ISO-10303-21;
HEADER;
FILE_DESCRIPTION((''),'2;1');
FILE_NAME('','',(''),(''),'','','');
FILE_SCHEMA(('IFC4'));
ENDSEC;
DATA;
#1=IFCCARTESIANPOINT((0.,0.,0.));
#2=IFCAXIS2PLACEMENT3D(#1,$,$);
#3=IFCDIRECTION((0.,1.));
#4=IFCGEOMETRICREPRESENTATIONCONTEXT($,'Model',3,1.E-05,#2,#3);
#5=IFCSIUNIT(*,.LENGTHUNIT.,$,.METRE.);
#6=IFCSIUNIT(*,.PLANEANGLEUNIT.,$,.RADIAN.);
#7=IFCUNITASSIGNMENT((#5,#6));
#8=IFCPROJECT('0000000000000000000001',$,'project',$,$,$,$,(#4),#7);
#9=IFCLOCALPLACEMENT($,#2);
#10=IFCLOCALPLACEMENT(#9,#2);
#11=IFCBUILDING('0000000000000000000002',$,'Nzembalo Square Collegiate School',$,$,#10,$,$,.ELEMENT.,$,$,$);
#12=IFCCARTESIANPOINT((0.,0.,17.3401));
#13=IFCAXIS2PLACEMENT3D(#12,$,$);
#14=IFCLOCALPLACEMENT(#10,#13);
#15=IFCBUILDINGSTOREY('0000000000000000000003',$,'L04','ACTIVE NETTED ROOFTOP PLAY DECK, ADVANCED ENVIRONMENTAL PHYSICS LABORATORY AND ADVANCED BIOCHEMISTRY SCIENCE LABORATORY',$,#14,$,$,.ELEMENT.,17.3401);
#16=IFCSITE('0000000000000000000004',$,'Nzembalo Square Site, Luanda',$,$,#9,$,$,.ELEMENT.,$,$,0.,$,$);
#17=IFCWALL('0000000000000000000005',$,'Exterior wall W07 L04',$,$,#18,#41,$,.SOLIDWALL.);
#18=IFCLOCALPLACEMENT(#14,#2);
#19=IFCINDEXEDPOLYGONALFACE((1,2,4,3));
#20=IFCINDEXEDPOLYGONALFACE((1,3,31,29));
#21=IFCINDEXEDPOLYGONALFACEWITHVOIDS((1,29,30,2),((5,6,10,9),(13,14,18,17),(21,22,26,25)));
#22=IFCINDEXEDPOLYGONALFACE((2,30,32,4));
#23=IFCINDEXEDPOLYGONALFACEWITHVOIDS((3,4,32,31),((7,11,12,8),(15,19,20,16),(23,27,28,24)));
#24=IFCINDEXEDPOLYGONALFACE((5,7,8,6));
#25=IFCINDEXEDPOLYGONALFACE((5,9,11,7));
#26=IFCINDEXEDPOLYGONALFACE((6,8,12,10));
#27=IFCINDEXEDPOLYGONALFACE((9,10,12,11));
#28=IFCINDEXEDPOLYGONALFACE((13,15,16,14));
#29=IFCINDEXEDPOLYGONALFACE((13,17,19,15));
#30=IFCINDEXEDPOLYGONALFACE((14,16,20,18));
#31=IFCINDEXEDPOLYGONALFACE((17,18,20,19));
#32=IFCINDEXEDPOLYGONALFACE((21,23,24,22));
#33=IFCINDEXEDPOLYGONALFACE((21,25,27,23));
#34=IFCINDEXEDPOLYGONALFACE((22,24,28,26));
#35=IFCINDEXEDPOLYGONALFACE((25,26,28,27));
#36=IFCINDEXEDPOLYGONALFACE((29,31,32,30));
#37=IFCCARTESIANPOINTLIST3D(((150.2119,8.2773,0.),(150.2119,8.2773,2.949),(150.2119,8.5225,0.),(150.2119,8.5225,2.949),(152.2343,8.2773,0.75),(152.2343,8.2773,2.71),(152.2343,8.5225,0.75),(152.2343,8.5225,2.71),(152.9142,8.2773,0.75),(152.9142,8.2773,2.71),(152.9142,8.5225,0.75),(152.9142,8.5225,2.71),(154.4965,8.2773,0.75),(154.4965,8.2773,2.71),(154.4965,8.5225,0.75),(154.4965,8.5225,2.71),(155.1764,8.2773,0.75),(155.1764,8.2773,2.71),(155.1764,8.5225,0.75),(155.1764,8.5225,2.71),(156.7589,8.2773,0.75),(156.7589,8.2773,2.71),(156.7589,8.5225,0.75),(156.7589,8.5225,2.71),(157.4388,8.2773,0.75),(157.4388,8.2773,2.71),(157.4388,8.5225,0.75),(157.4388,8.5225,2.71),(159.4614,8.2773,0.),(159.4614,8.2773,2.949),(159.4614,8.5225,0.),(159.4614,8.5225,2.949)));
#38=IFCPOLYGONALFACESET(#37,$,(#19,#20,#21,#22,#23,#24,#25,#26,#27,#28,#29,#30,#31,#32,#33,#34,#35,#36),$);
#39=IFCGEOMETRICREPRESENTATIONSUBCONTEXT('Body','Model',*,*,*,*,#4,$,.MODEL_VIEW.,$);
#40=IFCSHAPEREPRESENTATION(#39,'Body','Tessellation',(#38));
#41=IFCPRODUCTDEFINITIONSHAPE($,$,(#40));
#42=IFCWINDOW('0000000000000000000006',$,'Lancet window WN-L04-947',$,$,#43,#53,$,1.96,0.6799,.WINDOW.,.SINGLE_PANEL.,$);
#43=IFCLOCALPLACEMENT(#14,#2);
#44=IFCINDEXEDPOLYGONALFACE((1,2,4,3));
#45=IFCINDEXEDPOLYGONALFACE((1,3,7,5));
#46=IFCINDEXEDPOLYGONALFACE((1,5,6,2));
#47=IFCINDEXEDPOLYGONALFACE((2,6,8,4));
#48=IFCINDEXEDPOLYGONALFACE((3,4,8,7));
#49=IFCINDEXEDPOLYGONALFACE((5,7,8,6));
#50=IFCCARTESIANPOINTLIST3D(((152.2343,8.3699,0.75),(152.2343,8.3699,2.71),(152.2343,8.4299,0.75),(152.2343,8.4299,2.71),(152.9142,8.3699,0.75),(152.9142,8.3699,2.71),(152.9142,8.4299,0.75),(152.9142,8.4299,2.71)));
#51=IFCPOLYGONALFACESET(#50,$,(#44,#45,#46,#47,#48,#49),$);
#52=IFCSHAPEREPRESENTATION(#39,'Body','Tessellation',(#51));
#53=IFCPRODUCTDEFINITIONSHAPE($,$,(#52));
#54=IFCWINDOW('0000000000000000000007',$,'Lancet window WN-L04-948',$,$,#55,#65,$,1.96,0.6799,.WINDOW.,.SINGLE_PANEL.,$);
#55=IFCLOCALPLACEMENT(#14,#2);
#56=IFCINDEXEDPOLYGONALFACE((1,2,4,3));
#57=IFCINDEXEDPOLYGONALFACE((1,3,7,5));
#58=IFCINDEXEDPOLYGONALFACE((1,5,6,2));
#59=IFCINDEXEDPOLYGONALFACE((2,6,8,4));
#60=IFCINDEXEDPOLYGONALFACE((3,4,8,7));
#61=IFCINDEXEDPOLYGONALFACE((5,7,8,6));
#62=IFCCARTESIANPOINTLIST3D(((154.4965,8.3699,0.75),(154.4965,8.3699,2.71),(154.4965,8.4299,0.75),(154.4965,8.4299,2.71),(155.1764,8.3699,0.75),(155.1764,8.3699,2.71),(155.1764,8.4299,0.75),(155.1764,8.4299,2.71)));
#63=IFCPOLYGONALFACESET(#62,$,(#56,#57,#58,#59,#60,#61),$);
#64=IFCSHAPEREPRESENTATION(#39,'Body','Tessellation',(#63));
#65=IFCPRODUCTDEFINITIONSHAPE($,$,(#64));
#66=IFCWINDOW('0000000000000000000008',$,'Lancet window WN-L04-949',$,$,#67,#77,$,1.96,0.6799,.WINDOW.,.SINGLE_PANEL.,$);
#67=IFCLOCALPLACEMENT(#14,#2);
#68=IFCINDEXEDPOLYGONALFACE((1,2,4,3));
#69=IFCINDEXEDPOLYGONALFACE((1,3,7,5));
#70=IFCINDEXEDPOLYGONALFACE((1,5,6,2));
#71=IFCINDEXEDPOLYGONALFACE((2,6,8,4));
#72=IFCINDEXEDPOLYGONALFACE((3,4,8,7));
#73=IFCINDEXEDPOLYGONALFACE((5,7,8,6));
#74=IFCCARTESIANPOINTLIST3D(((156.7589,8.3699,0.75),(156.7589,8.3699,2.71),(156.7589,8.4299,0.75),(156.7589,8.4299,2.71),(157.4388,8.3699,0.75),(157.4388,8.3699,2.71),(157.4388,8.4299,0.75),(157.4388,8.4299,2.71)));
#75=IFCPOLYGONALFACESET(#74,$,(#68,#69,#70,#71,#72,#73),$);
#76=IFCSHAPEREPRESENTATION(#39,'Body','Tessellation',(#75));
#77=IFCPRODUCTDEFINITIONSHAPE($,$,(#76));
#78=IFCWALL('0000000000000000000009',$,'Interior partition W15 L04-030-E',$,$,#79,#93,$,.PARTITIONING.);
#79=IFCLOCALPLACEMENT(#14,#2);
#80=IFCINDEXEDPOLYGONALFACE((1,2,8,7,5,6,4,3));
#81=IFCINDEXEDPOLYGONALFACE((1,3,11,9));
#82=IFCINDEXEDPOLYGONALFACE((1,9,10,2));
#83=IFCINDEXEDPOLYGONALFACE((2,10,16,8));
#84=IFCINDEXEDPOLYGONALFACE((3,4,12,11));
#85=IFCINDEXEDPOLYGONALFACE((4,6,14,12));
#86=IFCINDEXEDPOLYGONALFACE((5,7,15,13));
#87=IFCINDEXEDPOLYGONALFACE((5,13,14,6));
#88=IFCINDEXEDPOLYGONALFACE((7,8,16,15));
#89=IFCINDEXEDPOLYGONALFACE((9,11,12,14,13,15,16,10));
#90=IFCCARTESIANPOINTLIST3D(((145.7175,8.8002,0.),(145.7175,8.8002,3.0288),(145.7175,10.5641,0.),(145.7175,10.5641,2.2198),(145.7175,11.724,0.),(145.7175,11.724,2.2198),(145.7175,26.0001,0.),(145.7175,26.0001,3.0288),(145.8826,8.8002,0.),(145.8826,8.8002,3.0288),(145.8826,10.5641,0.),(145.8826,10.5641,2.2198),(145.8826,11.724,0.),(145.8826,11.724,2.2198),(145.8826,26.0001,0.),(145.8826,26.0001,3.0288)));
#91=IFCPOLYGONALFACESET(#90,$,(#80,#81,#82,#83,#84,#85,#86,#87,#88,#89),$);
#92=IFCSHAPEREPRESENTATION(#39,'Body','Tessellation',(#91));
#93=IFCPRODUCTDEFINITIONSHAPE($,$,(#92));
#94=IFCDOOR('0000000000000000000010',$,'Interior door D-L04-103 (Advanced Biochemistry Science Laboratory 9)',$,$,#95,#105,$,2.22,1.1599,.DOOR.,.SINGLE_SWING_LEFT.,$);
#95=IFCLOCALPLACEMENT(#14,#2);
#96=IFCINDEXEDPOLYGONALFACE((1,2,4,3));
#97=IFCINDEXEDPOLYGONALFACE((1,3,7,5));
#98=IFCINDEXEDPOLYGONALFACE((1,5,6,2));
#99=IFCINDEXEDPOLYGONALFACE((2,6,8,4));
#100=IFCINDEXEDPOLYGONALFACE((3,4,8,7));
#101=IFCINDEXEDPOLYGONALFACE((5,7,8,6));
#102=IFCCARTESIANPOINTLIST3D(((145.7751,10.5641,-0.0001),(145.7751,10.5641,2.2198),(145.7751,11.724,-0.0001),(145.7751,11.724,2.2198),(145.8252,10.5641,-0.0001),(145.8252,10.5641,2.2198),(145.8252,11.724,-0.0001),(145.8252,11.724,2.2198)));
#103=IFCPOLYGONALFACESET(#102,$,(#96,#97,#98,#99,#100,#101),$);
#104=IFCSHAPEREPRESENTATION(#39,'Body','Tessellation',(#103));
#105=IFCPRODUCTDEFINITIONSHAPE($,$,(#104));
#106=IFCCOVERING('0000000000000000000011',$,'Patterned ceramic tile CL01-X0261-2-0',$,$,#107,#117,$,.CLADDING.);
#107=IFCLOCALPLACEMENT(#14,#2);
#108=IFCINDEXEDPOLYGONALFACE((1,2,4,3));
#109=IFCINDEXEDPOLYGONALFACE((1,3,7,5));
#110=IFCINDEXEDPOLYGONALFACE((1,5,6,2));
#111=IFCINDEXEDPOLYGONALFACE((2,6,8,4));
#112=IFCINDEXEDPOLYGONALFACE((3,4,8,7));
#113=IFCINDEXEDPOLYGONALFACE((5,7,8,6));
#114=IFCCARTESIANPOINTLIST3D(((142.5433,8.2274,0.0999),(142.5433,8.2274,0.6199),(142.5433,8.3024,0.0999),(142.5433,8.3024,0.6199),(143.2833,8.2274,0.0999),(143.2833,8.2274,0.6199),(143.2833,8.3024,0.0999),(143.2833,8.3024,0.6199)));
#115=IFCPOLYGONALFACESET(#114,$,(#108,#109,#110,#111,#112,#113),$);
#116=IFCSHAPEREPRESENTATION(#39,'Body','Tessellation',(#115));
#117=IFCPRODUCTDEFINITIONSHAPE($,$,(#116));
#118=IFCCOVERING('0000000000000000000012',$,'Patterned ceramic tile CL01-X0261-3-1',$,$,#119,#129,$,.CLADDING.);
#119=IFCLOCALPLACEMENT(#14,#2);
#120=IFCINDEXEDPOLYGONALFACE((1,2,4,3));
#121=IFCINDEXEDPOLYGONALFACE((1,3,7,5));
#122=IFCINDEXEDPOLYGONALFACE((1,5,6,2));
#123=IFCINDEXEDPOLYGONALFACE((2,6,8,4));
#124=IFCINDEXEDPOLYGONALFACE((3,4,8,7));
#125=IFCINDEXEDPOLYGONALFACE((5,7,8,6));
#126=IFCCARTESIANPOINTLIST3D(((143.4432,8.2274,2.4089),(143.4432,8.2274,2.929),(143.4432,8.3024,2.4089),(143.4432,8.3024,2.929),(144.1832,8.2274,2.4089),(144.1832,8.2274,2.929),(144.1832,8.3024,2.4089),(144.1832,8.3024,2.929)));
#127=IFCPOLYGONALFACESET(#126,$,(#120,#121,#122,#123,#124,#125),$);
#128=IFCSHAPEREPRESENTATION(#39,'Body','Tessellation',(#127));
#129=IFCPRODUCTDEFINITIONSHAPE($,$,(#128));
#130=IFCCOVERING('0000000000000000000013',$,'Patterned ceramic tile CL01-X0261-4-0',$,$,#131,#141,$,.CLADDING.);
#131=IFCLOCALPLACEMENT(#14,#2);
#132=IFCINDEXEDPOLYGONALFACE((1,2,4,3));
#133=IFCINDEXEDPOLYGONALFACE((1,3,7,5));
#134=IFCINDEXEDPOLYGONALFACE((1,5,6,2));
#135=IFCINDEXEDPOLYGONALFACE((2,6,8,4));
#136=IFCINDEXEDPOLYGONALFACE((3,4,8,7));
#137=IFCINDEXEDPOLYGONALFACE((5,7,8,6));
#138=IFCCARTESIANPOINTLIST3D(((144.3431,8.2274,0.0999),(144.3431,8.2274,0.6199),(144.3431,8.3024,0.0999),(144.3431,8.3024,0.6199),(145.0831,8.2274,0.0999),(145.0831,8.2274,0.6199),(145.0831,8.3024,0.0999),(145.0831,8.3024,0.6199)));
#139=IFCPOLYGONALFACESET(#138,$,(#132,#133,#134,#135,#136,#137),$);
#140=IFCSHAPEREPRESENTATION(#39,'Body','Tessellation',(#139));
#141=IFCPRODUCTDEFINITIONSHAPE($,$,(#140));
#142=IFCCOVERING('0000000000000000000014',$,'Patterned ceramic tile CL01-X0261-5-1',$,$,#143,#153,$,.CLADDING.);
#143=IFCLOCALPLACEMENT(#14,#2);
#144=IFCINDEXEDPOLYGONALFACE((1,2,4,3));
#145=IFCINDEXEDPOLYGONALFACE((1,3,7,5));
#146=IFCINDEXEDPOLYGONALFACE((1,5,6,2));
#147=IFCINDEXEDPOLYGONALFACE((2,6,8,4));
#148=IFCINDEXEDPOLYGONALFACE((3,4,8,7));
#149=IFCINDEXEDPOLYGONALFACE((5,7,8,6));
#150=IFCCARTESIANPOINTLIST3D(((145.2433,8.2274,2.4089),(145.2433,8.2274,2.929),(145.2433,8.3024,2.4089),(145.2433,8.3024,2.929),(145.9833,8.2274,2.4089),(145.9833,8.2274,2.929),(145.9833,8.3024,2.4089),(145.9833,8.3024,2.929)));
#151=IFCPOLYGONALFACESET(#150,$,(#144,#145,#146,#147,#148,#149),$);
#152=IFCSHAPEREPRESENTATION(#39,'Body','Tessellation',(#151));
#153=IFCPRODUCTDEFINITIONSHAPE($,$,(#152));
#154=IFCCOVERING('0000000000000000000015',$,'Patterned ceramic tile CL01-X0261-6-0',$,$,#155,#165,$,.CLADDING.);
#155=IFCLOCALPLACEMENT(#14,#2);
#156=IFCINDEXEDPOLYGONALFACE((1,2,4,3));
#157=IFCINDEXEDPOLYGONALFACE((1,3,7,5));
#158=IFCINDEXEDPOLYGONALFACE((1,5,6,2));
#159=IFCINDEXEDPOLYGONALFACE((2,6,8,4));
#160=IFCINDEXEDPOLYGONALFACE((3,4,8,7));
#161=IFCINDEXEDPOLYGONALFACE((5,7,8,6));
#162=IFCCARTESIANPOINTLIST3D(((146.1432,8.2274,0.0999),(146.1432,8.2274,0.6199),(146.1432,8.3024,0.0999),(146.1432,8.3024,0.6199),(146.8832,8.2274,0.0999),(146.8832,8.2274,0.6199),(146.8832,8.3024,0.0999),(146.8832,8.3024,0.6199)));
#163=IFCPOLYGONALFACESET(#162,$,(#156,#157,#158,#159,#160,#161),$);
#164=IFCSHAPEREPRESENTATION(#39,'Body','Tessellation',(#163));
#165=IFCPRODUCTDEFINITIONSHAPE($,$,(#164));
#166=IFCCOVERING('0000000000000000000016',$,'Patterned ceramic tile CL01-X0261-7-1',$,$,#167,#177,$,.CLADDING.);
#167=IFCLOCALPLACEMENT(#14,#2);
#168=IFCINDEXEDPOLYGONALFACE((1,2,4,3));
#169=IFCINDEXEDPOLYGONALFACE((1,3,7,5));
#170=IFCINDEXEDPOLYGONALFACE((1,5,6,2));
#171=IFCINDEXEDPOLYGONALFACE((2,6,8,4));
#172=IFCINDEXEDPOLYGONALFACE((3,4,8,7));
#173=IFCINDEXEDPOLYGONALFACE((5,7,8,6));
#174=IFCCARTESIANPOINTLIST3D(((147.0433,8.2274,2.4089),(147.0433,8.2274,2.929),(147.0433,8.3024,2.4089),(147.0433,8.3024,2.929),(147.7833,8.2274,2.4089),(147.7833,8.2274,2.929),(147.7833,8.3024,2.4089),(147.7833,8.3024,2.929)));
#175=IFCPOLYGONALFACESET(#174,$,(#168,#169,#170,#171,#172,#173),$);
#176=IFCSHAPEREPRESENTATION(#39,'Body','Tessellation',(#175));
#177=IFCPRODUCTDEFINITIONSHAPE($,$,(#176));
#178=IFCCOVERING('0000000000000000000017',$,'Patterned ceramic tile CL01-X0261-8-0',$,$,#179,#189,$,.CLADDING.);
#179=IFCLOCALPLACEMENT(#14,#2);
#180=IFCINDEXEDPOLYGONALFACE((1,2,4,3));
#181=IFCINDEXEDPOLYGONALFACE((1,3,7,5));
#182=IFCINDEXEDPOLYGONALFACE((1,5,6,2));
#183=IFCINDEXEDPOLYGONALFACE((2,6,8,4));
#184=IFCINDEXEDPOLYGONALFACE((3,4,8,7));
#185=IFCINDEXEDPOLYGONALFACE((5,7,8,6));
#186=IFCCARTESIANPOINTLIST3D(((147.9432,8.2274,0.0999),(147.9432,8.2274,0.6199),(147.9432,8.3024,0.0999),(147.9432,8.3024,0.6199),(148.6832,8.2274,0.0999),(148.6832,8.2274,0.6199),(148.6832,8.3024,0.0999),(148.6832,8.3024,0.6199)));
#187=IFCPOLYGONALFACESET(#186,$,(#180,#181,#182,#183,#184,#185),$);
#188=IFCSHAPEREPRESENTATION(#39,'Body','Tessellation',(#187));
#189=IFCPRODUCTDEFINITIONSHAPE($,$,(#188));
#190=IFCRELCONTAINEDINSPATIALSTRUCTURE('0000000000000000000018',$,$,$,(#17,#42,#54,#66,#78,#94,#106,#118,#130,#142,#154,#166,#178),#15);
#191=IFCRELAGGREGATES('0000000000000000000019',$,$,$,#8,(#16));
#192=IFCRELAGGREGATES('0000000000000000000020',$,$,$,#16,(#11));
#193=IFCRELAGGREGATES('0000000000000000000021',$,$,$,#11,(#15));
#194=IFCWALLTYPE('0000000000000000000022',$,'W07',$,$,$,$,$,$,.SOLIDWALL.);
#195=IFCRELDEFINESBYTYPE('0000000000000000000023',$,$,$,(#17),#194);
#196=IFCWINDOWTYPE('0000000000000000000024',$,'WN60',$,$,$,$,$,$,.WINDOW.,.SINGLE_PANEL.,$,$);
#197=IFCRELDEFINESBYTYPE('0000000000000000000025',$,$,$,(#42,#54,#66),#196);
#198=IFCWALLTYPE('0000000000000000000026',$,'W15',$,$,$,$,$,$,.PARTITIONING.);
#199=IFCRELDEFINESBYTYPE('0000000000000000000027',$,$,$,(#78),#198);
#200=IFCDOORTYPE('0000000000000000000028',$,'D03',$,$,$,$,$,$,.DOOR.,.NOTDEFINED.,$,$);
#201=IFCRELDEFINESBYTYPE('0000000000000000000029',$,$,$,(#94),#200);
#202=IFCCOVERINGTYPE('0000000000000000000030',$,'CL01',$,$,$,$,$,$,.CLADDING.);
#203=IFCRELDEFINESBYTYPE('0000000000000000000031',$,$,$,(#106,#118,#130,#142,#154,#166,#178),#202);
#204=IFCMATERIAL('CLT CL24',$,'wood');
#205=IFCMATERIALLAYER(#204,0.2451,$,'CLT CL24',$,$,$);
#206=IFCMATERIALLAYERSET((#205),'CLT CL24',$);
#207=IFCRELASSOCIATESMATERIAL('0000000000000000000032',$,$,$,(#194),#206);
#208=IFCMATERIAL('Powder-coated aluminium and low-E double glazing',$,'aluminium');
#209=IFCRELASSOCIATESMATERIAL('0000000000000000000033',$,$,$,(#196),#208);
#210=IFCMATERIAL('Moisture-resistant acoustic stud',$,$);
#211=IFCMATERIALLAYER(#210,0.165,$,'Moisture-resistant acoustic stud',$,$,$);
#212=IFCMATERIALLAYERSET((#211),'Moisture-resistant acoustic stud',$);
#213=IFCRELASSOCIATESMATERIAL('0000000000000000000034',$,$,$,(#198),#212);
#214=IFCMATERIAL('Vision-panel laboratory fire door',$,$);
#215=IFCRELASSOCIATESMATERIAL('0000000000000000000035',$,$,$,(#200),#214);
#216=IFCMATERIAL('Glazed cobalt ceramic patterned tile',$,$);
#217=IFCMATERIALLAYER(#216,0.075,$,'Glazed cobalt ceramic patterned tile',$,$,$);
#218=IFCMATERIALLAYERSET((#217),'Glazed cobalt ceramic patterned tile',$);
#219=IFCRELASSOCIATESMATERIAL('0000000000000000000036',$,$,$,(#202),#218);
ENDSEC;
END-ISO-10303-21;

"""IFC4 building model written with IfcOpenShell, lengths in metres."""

from ifc_helpers import new_model, si_unit, direction, frame, frame_2d, origin, origin_2d, place, context, subcontext, project, spatial, rectangle, extrude, material, layer, layer_set, type_object, element, fill, save


model = new_model("IFC4")

# Units and contexts
model_context = context("Model", 3, precision=1e-05, world=origin(), true_north=direction((0.0, 1.0)))
body_context = subcontext(model_context, "Body", "Model", "MODEL_VIEW")
ifc_project = project(units=[si_unit("LENGTHUNIT", "METRE"), si_unit("PLANEANGLEUNIT", "RADIAN")], contexts=[model_context])

# Site, building, storey
site_placement = place(None, origin())
site = spatial("IfcSite", under=ifc_project, at=site_placement, Name="Nzembalo Square Site, Luanda", CompositionType="ELEMENT", RefElevation=0.0)
building_placement = place(site_placement, origin())
building = spatial("IfcBuilding", under=site, at=building_placement, Name="Nzembalo Square Collegiate School", CompositionType="ELEMENT")
storey_placement = place(building_placement, frame((0.0, 0.0, 17.3401)))
storey = spatial("IfcBuildingStorey", under=building, at=storey_placement, Name="L04", Description="ACTIVE NETTED ROOFTOP PLAY DECK, ADVANCED ENVIRONMENTAL PHYSICS LABORATORY AND ADVANCED BIOCHEMISTRY SCIENCE LABORATORY", CompositionType="ELEMENT", Elevation=17.3401)

# Wall, openings, windows
ifc_material_1 = material(Name="CLT CL24", Category="wood")
ifc_layer_1 = layer(ifc_material_1, 0.2451, Name="CLT CL24")
ifc_layer_set_1 = layer_set([ifc_layer_1], Name="CLT CL24")
wall_type_1 = type_object("IfcWallType", Name="W07", PredefinedType="SOLIDWALL", material=ifc_layer_set_1)
wall_1_placement = place(storey_placement, frame((150.2119, 8.3999, 0.0), z_axis=(0.0, 0.0, 1.0), x_axis=(1.0, 0.0, 0.0)))
wall_1 = element("IfcWall", 1, at=wall_1_placement, inside=storey, type_object=wall_type_1, Name="Exterior wall W07 L04", PredefinedType="SOLIDWALL", context=body_context, shape_type="SweptSolid", body=[
    extrude(rectangle(XDim=9.2495, YDim=0.2451, at=frame_2d((4.6248, 0.0))), origin(), (0.0, 0.0, 1.0), 2.949),
])
opening_1_placement = place(wall_1_placement, frame((2.0225, 0.0, 0.75)))
opening_1 = element("IfcOpeningElement", 2, at=opening_1_placement, cuts=wall_1, PredefinedType="OPENING", context=body_context, shape_type="SweptSolid", body=[
    extrude(rectangle(XDim=0.6799, YDim=1.96, at=frame_2d((0.3398, 0.98))), frame((0.0, 0.1326, 0.0), z_axis=(0.0, -1.0, 0.0), x_axis=(1.0, 0.0, 0.0)), (0.0, 0.0, 1.0), 0.2651),
])
opening_2_placement = place(wall_1_placement, frame((4.2847, 0.0, 0.75)))
opening_2 = element("IfcOpeningElement", 3, at=opening_2_placement, cuts=wall_1, PredefinedType="OPENING", context=body_context, shape_type="SweptSolid", body=[
    extrude(rectangle(XDim=0.6799, YDim=1.96, at=frame_2d((0.3398, 0.98))), frame((0.0, 0.1326, 0.0), z_axis=(0.0, -1.0, 0.0), x_axis=(1.0, 0.0, 0.0)), (0.0, 0.0, 1.0), 0.2651),
])
opening_3_placement = place(wall_1_placement, frame((6.5471, 0.0, 0.75)))
opening_3 = element("IfcOpeningElement", 4, at=opening_3_placement, cuts=wall_1, PredefinedType="OPENING", context=body_context, shape_type="SweptSolid", body=[
    extrude(rectangle(XDim=0.6799, YDim=1.96, at=frame_2d((0.3398, 0.98))), frame((0.0, 0.1326, 0.0), z_axis=(0.0, -1.0, 0.0), x_axis=(1.0, 0.0, 0.0)), (0.0, 0.0, 1.0), 0.2651),
])
ifc_material_2 = material(Name="Powder-coated aluminium and low-E double glazing", Category="aluminium")
window_type = type_object("IfcWindowType", Name="WN60", PartitioningType="SINGLE_PANEL", PredefinedType="WINDOW", material=ifc_material_2)
window_1_placement = place(opening_1_placement, origin())
window_1 = element("IfcWindow", 5, at=window_1_placement, inside=storey, type_object=window_type, Name="Lancet window WN-L04-947", OverallHeight=1.96, OverallWidth=0.6799, PartitioningType="SINGLE_PANEL", PredefinedType="WINDOW", context=body_context, shape_type="SweptSolid", body=[
    extrude(rectangle(XDim=0.6799, YDim=1.96, at=frame_2d((0.3398, 0.98))), frame((0.0, 0.03, 0.0), z_axis=(0.0, -1.0, 0.0), x_axis=(1.0, 0.0, 0.0)), (0.0, 0.0, 1.0), 0.0601),
])
fill(opening_1, window_1)
window_2_placement = place(opening_2_placement, origin())
window_2 = element("IfcWindow", 6, at=window_2_placement, inside=storey, type_object=window_type, Name="Lancet window WN-L04-948", OverallHeight=1.96, OverallWidth=0.6799, PartitioningType="SINGLE_PANEL", PredefinedType="WINDOW", context=body_context, shape_type="SweptSolid", body=[
    extrude(rectangle(XDim=0.6799, YDim=1.96, at=frame_2d((0.3398, 0.98))), frame((0.0, 0.03, 0.0), z_axis=(0.0, -1.0, 0.0), x_axis=(1.0, 0.0, 0.0)), (0.0, 0.0, 1.0), 0.0601),
])
fill(opening_2, window_2)
window_3_placement = place(opening_3_placement, origin())
window_3 = element("IfcWindow", 7, at=window_3_placement, inside=storey, type_object=window_type, Name="Lancet window WN-L04-949", OverallHeight=1.96, OverallWidth=0.6799, PartitioningType="SINGLE_PANEL", PredefinedType="WINDOW", context=body_context, shape_type="SweptSolid", body=[
    extrude(rectangle(XDim=0.6799, YDim=1.96, at=frame_2d((0.3398, 0.98))), frame((0.0, 0.03, 0.0), z_axis=(0.0, -1.0, 0.0), x_axis=(1.0, 0.0, 0.0)), (0.0, 0.0, 1.0), 0.0601),
])
fill(opening_3, window_3)

# Wall, opening, door
ifc_material_3 = material(Name="Moisture-resistant acoustic stud")
ifc_layer_2 = layer(ifc_material_3, 0.165, Name="Moisture-resistant acoustic stud")
ifc_layer_set_2 = layer_set([ifc_layer_2], Name="Moisture-resistant acoustic stud")
wall_type_2 = type_object("IfcWallType", Name="W15", PredefinedType="PARTITIONING", material=ifc_layer_set_2)
wall_2_placement = place(storey_placement, frame((145.8, 8.8, 0.0), z_axis=(0.0, 0.0, 1.0), x_axis=(0.0, 1.0, 0.0)))
wall_2 = element("IfcWall", 8, at=wall_2_placement, inside=storey, type_object=wall_type_2, Name="Interior partition W15 L04-030-E", PredefinedType="PARTITIONING", context=body_context, shape_type="SweptSolid", body=[
    extrude(rectangle(XDim=17.2, YDim=0.165, at=frame_2d((8.6001, 0.0))), origin(), (0.0, 0.0, 1.0), 3.0288),
])
opening_4_placement = place(wall_2_placement, frame((1.7639, 0.0, 0.0)))
opening_4 = element("IfcOpeningElement", 9, at=opening_4_placement, cuts=wall_2, PredefinedType="OPENING", context=body_context, shape_type="SweptSolid", body=[
    extrude(rectangle(XDim=1.1599, YDim=2.22, at=frame_2d((0.5801, 1.1099))), frame((0.0, 0.0925, 0.0), z_axis=(0.0, -1.0, 0.0), x_axis=(1.0, 0.0, 0.0)), (0.0, 0.0, 1.0), 0.1851),
])
ifc_material_4 = material(Name="Vision-panel laboratory fire door")
door_type = type_object("IfcDoorType", Name="D03", OperationType="NOTDEFINED", PredefinedType="DOOR", material=ifc_material_4)
door_placement = place(opening_4_placement, origin())
door = element("IfcDoor", 10, at=door_placement, inside=storey, type_object=door_type, Name="Interior door D-L04-103 (Advanced Biochemistry Science Laboratory 9)", OperationType="SINGLE_SWING_LEFT", OverallHeight=2.22, OverallWidth=1.1599, PredefinedType="DOOR", context=body_context, shape_type="SweptSolid", body=[
    extrude(rectangle(XDim=1.1599, YDim=2.22, at=frame_2d((0.5801, 1.1099))), frame((0.0, 0.0249, 0.0), z_axis=(0.0, -1.0, 0.0), x_axis=(1.0, 0.0, 0.0)), (0.0, 0.0, 1.0), 0.05),
])
fill(opening_4, door)

# Coverings
ifc_material_5 = material(Name="Glazed cobalt ceramic patterned tile")
ifc_layer_3 = layer(ifc_material_5, 0.075, Name="Glazed cobalt ceramic patterned tile")
ifc_layer_set_3 = layer_set([ifc_layer_3], Name="Glazed cobalt ceramic patterned tile")
covering_type = type_object("IfcCoveringType", Name="CL01", PredefinedType="CLADDING", material=ifc_layer_set_3)
for number, where, z_axis, x_axis, name in (
    (11, (142.9133, 8.2649, 0.0999), (0.0, 0.0, 1.0), (1.0, 0.0, 0.0), "Patterned ceramic tile CL01-X0261-2-0"),
    (12, (143.8132, 8.2649, 2.4089), (0.0, 0.0, 1.0), (1.0, 0.0, 0.0), "Patterned ceramic tile CL01-X0261-3-1"),
    (13, (144.7131, 8.2649, 0.0999), (0.0, 0.0, 1.0), (1.0, 0.0, 0.0), "Patterned ceramic tile CL01-X0261-4-0"),
    (14, (145.6133, 8.2649, 2.4089), (0.0, 0.0, 1.0), (1.0, 0.0, 0.0), "Patterned ceramic tile CL01-X0261-5-1"),
    (15, (146.5132, 8.2649, 0.0999), (0.0, 0.0, 1.0), (1.0, 0.0, 0.0), "Patterned ceramic tile CL01-X0261-6-0"),
    (16, (147.4133, 8.2649, 2.4089), (0.0, 0.0, 1.0), (1.0, 0.0, 0.0), "Patterned ceramic tile CL01-X0261-7-1"),
    (17, (148.3132, 8.2649, 0.0999), (0.0, 0.0, 1.0), (1.0, 0.0, 0.0), "Patterned ceramic tile CL01-X0261-8-0"),
):
    element("IfcCovering", number, at=place(storey_placement, frame(where, z_axis=z_axis, x_axis=x_axis)), inside=storey, type_object=covering_type, Name=name, PredefinedType="CLADDING", context=body_context, shape_type="SweptSolid", body=[
        extrude(rectangle(XDim=0.74, YDim=0.075, at=origin_2d()), origin(), (0.0, 0.0, 1.0), 0.52),
    ])

save(model, "model.ifc")
